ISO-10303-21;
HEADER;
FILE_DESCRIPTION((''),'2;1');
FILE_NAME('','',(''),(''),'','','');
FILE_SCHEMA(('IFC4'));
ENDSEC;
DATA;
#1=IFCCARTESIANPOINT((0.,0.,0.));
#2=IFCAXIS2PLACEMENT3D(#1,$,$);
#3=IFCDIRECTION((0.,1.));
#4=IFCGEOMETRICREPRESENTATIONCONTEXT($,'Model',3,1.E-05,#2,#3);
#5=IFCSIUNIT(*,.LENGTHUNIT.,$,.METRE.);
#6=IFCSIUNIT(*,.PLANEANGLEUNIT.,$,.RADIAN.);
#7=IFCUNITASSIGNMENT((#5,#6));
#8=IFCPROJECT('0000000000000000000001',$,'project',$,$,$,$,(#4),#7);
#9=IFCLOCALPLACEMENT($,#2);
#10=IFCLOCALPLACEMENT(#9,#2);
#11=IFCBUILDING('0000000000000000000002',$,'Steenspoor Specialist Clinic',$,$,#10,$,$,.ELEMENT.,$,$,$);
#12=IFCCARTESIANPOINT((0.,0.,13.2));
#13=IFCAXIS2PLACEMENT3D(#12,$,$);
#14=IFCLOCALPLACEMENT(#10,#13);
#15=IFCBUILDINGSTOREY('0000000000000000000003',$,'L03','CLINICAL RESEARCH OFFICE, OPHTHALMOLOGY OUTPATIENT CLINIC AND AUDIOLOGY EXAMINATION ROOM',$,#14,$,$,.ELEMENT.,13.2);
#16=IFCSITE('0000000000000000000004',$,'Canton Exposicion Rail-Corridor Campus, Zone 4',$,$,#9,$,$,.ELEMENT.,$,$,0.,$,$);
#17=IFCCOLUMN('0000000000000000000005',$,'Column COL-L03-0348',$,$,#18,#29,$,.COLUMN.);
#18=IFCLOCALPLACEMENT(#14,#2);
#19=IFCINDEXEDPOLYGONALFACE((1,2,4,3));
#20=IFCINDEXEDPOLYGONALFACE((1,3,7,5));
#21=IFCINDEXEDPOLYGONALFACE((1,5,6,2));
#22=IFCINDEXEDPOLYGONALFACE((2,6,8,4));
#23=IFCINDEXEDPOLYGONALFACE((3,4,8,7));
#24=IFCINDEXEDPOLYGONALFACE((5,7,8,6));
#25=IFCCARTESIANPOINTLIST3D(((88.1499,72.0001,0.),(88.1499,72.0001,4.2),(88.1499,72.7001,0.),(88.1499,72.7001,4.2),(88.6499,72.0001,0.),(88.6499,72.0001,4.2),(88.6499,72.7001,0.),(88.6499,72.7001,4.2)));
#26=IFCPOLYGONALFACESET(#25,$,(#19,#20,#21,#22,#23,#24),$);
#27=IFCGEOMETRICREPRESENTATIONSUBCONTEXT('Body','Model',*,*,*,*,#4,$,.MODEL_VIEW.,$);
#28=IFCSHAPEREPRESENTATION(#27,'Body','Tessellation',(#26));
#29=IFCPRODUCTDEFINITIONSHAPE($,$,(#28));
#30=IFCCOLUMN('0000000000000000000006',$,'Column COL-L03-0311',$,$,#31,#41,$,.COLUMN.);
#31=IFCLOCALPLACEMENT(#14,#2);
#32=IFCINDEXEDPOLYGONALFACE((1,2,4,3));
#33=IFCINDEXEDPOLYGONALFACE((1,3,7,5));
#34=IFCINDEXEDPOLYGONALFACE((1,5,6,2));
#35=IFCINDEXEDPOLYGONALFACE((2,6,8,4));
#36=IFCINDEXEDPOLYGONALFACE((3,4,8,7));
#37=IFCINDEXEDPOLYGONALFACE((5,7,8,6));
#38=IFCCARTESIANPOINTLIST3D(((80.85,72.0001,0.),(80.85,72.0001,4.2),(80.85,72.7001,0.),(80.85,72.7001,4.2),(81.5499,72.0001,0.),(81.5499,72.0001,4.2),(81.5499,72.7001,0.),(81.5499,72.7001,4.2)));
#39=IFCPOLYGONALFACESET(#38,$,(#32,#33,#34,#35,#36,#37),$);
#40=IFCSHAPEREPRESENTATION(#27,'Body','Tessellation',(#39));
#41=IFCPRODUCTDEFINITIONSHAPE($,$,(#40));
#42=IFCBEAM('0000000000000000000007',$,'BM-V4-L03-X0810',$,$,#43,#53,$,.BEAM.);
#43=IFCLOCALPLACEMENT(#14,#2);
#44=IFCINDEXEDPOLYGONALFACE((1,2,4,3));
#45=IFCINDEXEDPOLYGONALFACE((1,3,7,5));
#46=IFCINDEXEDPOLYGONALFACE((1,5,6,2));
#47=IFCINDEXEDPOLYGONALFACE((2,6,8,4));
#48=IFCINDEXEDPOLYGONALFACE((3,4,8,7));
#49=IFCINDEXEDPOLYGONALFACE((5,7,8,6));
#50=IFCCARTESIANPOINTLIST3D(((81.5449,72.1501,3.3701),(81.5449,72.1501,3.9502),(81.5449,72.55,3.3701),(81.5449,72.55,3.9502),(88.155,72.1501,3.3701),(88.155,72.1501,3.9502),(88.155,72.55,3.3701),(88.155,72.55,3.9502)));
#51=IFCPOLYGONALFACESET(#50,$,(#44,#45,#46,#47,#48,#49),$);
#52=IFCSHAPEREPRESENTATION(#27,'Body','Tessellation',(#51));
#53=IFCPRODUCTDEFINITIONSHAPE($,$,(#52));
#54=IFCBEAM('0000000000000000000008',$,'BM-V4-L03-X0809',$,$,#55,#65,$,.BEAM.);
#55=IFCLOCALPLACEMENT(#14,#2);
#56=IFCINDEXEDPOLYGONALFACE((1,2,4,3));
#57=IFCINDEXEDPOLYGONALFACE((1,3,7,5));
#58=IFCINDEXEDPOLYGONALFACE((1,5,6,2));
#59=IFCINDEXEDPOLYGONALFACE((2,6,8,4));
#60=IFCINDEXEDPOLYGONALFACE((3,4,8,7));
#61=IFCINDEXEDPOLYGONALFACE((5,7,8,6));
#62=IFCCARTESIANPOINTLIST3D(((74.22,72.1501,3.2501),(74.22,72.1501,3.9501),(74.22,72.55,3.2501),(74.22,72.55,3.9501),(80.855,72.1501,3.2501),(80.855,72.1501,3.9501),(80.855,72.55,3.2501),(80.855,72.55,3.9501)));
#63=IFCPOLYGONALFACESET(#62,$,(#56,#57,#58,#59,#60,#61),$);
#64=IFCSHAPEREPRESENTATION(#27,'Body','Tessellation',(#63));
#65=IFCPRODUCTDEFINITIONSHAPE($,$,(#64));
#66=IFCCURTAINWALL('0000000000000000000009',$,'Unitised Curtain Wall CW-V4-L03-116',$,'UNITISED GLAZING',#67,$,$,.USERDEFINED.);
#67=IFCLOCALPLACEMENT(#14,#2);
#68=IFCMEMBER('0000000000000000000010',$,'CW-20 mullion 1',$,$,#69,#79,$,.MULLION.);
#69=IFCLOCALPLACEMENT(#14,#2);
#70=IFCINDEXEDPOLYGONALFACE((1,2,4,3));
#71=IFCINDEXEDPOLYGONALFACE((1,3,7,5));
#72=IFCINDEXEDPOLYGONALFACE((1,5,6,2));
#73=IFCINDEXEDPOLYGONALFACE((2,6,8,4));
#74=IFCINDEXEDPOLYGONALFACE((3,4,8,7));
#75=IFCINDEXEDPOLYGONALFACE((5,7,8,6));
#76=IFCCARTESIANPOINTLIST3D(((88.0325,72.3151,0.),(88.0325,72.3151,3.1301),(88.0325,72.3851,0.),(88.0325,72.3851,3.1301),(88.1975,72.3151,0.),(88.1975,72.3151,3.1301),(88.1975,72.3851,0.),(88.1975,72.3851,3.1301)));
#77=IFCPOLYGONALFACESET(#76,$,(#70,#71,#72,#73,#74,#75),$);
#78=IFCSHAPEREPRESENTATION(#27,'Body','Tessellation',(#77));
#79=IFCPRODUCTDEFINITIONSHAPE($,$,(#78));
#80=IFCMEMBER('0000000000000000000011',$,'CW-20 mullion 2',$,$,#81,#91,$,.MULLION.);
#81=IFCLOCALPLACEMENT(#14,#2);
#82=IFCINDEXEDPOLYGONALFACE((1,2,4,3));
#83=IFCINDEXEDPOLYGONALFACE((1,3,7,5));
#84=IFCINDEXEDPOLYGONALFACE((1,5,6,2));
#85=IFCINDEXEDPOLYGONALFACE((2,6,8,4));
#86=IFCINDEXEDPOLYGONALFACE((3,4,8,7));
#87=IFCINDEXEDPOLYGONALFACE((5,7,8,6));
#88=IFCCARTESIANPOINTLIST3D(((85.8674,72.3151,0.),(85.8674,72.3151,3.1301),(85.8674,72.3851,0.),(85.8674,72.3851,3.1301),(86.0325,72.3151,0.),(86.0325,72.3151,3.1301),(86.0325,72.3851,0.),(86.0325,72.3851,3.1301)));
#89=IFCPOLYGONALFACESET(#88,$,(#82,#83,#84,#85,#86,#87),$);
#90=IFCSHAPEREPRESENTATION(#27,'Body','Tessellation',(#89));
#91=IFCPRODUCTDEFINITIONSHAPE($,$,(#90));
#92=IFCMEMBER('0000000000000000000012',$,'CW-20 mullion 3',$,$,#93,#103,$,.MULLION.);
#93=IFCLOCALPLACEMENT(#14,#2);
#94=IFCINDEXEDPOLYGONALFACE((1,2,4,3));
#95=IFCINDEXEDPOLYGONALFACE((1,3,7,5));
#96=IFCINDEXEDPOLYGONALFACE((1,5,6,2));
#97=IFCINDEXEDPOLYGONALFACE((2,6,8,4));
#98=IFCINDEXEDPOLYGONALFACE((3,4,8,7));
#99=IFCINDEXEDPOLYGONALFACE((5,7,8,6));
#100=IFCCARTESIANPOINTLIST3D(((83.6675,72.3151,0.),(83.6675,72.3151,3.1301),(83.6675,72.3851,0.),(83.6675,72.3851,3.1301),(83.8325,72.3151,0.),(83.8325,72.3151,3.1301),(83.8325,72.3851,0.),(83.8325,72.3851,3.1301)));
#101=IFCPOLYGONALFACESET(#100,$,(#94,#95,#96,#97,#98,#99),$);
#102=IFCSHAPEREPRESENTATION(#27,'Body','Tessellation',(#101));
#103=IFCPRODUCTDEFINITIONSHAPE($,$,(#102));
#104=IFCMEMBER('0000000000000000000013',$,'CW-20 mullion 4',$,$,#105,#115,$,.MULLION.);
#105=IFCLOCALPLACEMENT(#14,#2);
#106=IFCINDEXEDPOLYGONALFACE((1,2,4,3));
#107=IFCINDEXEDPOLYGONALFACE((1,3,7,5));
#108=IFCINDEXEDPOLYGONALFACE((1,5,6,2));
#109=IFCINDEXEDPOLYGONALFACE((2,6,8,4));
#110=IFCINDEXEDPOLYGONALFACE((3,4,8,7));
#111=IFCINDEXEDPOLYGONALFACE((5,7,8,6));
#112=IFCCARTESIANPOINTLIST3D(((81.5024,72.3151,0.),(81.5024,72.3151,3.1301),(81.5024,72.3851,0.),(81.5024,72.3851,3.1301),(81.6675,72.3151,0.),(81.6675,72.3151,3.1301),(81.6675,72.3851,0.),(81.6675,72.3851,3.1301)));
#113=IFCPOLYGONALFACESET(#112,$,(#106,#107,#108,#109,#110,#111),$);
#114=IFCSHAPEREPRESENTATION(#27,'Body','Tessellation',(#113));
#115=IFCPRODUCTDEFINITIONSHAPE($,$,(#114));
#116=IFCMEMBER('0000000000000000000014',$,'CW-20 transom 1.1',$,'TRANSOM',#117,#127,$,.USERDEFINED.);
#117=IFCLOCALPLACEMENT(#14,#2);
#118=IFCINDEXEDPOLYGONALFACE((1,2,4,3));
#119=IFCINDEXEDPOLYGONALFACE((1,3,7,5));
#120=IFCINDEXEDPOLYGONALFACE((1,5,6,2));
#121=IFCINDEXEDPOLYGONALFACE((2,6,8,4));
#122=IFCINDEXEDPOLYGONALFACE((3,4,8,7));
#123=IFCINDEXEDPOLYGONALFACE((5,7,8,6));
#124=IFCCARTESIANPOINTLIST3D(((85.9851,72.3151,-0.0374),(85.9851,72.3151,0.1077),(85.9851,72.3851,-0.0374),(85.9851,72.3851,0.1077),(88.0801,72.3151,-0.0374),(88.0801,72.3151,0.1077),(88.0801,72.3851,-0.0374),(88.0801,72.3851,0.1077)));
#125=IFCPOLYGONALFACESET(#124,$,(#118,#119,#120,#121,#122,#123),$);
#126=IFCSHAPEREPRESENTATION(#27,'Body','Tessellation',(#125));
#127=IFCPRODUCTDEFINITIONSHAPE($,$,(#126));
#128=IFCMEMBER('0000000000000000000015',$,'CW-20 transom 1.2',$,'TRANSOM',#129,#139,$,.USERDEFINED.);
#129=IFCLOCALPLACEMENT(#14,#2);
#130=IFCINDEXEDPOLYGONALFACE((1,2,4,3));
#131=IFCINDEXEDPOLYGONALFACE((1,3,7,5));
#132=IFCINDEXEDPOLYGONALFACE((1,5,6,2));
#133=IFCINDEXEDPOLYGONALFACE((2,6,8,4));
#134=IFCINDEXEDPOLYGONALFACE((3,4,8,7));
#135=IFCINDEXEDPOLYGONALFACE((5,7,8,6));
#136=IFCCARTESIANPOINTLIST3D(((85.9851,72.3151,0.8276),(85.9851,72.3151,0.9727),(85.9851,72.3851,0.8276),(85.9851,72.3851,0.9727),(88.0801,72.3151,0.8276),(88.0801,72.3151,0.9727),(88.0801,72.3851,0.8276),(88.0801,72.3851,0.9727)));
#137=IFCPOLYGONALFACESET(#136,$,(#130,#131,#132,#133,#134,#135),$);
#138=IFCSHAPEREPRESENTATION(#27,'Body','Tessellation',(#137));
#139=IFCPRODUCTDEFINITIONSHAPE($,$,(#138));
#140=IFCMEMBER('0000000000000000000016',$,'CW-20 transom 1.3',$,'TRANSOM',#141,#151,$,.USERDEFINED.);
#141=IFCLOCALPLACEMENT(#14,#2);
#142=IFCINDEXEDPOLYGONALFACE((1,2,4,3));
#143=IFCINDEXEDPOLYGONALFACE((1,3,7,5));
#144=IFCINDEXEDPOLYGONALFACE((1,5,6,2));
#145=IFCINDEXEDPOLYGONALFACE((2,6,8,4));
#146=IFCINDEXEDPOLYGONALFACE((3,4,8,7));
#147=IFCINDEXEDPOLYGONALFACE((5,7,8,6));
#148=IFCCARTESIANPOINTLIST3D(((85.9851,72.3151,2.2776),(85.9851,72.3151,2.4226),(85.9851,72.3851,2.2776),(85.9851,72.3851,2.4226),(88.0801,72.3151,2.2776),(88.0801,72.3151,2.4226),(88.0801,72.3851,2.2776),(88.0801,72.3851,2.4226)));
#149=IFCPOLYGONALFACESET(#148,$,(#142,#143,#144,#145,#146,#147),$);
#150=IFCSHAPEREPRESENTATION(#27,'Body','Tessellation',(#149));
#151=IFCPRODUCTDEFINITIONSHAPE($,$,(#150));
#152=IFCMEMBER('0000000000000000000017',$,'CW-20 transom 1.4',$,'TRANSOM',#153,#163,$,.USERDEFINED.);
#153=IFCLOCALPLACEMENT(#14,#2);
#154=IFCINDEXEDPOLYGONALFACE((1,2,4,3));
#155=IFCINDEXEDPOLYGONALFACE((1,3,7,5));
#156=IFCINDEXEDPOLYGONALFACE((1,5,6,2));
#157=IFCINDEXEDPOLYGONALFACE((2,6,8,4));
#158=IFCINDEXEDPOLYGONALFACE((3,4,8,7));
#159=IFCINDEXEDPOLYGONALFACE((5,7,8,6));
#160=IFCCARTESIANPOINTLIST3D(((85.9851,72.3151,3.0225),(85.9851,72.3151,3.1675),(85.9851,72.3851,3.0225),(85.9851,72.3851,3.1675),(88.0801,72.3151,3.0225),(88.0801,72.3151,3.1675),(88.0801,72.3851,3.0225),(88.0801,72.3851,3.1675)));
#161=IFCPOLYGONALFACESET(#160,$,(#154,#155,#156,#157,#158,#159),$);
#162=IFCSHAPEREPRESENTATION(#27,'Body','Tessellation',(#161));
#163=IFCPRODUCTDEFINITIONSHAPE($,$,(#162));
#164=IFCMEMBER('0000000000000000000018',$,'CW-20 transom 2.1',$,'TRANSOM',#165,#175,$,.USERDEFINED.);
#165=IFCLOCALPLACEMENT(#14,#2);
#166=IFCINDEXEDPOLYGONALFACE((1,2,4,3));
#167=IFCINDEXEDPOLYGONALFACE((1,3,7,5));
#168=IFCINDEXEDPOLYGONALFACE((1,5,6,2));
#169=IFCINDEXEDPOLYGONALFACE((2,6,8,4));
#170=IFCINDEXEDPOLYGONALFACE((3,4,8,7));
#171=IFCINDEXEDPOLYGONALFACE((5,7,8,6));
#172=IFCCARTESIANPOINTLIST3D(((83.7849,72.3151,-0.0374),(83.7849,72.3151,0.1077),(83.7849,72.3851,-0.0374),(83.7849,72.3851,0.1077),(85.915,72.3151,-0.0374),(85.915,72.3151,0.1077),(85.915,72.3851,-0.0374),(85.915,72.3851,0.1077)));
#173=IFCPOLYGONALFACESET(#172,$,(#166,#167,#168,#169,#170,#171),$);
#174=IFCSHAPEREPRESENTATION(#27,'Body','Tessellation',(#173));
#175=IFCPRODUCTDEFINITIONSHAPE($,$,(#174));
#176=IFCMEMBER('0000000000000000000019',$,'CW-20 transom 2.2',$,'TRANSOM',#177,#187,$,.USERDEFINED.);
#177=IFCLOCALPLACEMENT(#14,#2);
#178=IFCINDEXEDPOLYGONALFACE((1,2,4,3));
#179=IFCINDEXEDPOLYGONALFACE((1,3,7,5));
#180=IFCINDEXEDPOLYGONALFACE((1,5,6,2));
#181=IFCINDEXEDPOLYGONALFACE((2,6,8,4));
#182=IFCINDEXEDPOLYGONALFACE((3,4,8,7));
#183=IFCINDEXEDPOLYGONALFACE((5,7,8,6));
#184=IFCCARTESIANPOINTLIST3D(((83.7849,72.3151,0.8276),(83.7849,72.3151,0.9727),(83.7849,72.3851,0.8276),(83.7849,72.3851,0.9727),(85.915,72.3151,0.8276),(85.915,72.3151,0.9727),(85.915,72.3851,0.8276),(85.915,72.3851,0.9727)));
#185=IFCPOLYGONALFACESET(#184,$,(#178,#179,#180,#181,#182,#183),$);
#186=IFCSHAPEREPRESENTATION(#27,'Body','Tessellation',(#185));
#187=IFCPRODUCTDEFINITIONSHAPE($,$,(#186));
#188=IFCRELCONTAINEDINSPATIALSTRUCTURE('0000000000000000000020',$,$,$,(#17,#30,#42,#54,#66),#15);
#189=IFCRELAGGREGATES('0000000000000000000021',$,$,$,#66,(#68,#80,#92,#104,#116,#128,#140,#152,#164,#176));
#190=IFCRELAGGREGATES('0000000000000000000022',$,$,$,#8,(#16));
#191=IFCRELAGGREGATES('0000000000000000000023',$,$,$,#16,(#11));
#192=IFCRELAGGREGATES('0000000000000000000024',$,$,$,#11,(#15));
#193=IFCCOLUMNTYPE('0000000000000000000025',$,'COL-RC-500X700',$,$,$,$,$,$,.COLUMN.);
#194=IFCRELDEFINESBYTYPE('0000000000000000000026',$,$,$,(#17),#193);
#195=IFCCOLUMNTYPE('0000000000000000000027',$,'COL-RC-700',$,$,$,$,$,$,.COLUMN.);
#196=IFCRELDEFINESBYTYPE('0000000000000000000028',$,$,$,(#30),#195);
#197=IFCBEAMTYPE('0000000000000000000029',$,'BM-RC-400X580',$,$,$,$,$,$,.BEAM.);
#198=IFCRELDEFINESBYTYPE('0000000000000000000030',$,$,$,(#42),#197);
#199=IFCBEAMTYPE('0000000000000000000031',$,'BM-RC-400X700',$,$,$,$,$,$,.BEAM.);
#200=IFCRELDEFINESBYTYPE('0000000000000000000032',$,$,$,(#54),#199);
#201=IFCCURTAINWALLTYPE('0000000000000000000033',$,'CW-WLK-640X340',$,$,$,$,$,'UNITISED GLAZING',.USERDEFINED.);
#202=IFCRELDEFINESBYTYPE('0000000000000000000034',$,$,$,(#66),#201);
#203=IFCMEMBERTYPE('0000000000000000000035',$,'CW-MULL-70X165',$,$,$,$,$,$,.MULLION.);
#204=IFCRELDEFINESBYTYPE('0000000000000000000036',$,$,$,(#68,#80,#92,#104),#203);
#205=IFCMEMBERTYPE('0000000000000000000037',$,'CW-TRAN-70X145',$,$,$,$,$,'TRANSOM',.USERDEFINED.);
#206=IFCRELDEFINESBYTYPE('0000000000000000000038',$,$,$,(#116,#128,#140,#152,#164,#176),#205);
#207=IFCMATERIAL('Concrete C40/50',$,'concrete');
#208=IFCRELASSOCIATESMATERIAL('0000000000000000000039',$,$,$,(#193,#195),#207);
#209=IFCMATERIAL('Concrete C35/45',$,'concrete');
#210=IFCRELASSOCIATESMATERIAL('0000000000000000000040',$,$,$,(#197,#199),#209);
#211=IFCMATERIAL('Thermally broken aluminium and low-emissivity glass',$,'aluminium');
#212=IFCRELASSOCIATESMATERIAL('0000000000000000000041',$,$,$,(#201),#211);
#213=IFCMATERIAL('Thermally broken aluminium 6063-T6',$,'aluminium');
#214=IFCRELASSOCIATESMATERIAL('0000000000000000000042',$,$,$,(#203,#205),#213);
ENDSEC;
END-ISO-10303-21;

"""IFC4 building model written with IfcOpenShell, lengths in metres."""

from ifc_helpers import new_model, si_unit, direction, frame, origin, origin_2d, place, context, subcontext, project, spatial, rectangle, extrude, material, material_profile, profile_set, type_object, element, aggregate, save


model = new_model("IFC4")

# Units and contexts
model_context = context("Model", 3, precision=1e-05, world=origin(), true_north=direction((0.0, 1.0)))
body_context = subcontext(model_context, "Body", "Model", "MODEL_VIEW")
ifc_project = project(units=[si_unit("LENGTHUNIT", "METRE"), si_unit("PLANEANGLEUNIT", "RADIAN")], contexts=[model_context])

# Site, building, storey
site_placement = place(None, origin())
site = spatial("IfcSite", under=ifc_project, at=site_placement, Name="Canton Exposicion Rail-Corridor Campus, Zone 4", CompositionType="ELEMENT", RefElevation=0.0)
building_placement = place(site_placement, origin())
building = spatial("IfcBuilding", under=site, at=building_placement, Name="Steenspoor Specialist Clinic", CompositionType="ELEMENT")
storey_placement = place(building_placement, frame((0.0, 0.0, 13.2)))
storey = spatial("IfcBuildingStorey", under=building, at=storey_placement, Name="L03", Description="CLINICAL RESEARCH OFFICE, OPHTHALMOLOGY OUTPATIENT CLINIC AND AUDIOLOGY EXAMINATION ROOM", CompositionType="ELEMENT", Elevation=13.2)

# Columns
ifc_material_1 = material(Name="Concrete C40/50", Category="concrete")
ifc_material_profile_1 = material_profile(ifc_material_1, rectangle(XDim=0.5, YDim=0.7, at=origin_2d()), Name="RC-COL-500X700")
ifc_profile_set_1 = profile_set([ifc_material_profile_1], Name="Concrete C40/50")
column_type_1 = type_object("IfcColumnType", Name="COL-RC-500X700", PredefinedType="COLUMN", material=ifc_profile_set_1)
column_1_placement = place(storey_placement, frame((88.3999, 72.3501, 0.0), z_axis=(0.0, 0.0, 1.0), x_axis=(1.0, 0.0, 0.0)))
element("IfcColumn", 1, at=column_1_placement, inside=storey, type_object=column_type_1, Name="Column COL-L03-0348", PredefinedType="COLUMN", context=body_context, shape_type="SweptSolid", body=[
    extrude(rectangle(XDim=0.5, YDim=0.7, at=origin_2d()), origin(), (0.0, 0.0, 1.0), 4.2),
])
ifc_material_profile_2 = material_profile(ifc_material_1, rectangle(XDim=0.7, YDim=0.7, at=origin_2d()), Name="RC-COL-700X700")
ifc_profile_set_2 = profile_set([ifc_material_profile_2], Name="Concrete C40/50")
column_type_2 = type_object("IfcColumnType", Name="COL-RC-700", PredefinedType="COLUMN", material=ifc_profile_set_2)
column_2_placement = place(storey_placement, frame((81.2, 72.3501, 0.0), z_axis=(0.0, 0.0, 1.0), x_axis=(1.0, 0.0, 0.0)))
element("IfcColumn", 2, at=column_2_placement, inside=storey, type_object=column_type_2, Name="Column COL-L03-0311", PredefinedType="COLUMN", context=body_context, shape_type="SweptSolid", body=[
    extrude(rectangle(XDim=0.7, YDim=0.7, at=origin_2d()), origin(), (0.0, 0.0, 1.0), 4.2),
])

# Beams
ifc_material_2 = material(Name="Concrete C35/45", Category="concrete")
ifc_material_profile_3 = material_profile(ifc_material_2, rectangle(XDim=0.3999, YDim=0.5801, at=origin_2d()), Name="RC-BM-400X580")
ifc_profile_set_3 = profile_set([ifc_material_profile_3], Name="Concrete C35/45")
beam_type_1 = type_object("IfcBeamType", Name="BM-RC-400X580", PredefinedType="BEAM", material=ifc_profile_set_3)
beam_1_placement = place(storey_placement, frame((81.5449, 72.3501, 3.6602), z_axis=(1.0, 0.0, 0.0), x_axis=(0.0, 1.0, 0.0)))
element("IfcBeam", 3, at=beam_1_placement, inside=storey, type_object=beam_type_1, Name="BM-V4-L03-X0810", PredefinedType="BEAM", context=body_context, shape_type="SweptSolid", body=[
    extrude(rectangle(XDim=0.3999, YDim=0.5801, at=origin_2d()), origin(), (0.0, 0.0, 1.0), 6.6101),
])
ifc_material_profile_4 = material_profile(ifc_material_2, rectangle(XDim=0.3999, YDim=0.7, at=origin_2d()), Name="RC-BM-400X700")
ifc_profile_set_4 = profile_set([ifc_material_profile_4], Name="Concrete C35/45")
beam_type_2 = type_object("IfcBeamType", Name="BM-RC-400X700", PredefinedType="BEAM", material=ifc_profile_set_4)
beam_2_placement = place(storey_placement, frame((74.22, 72.3501, 3.6001), z_axis=(1.0, 0.0, 0.0), x_axis=(0.0, 1.0, 0.0)))
element("IfcBeam", 4, at=beam_2_placement, inside=storey, type_object=beam_type_2, Name="BM-V4-L03-X0809", PredefinedType="BEAM", context=body_context, shape_type="SweptSolid", body=[
    extrude(rectangle(XDim=0.3999, YDim=0.7, at=origin_2d()), origin(), (0.0, 0.0, 1.0), 6.635),
])

# Curtain wall, members
ifc_material_3 = material(Name="Thermally broken aluminium and low-emissivity glass", Category="aluminium")
curtain_wall_type = type_object("IfcCurtainWallType", Name="CW-WLK-640X340", ElementType="UNITISED GLAZING", PredefinedType="USERDEFINED", material=ifc_material_3)
curtain_wall_placement = place(storey_placement, origin())
curtain_wall = element("IfcCurtainWall", 5, at=curtain_wall_placement, inside=storey, type_object=curtain_wall_type, Name="Unitised Curtain Wall CW-V4-L03-116", ObjectType="UNITISED GLAZING", PredefinedType="USERDEFINED")
ifc_material_4 = material(Name="Thermally broken aluminium 6063-T6", Category="aluminium")
ifc_material_profile_5 = material_profile(ifc_material_4, rectangle(XDim=0.0701, YDim=0.165, at=origin_2d()), Name="CWM-70X165")
ifc_profile_set_5 = profile_set([ifc_material_profile_5], Name="Thermally broken aluminium 6063-T6")
member_type_1 = type_object("IfcMemberType", Name="CW-MULL-70X165", PredefinedType="MULLION", material=ifc_profile_set_5)
member_1_placement = place(storey_placement, frame((88.115, 72.3501, 0.0), z_axis=(0.0, 0.0, 1.0), x_axis=(0.0, -1.0, 0.0)))
member_1 = element("IfcMember", 6, at=member_1_placement, type_object=member_type_1, Name="CW-20 mullion 1", PredefinedType="MULLION", context=body_context, shape_type="SweptSolid", body=[
    extrude(rectangle(XDim=0.0701, YDim=0.165, at=origin_2d()), origin(), (0.0, 0.0, 1.0), 3.1301),
])
member_2_placement = place(storey_placement, frame((85.95, 72.3501, 0.0), z_axis=(0.0, 0.0, 1.0), x_axis=(0.0, -1.0, 0.0)))
member_2 = element("IfcMember", 7, at=member_2_placement, type_object=member_type_1, Name="CW-20 mullion 2", PredefinedType="MULLION", context=body_context, shape_type="SweptSolid", body=[
    extrude(rectangle(XDim=0.0701, YDim=0.165, at=origin_2d()), origin(), (0.0, 0.0, 1.0), 3.1301),
])
member_3_placement = place(storey_placement, frame((83.75, 72.3501, 0.0), z_axis=(0.0, 0.0, 1.0), x_axis=(0.0, -1.0, 0.0)))
member_3 = element("IfcMember", 8, at=member_3_placement, type_object=member_type_1, Name="CW-20 mullion 3", PredefinedType="MULLION", context=body_context, shape_type="SweptSolid", body=[
    extrude(rectangle(XDim=0.0701, YDim=0.165, at=origin_2d()), origin(), (0.0, 0.0, 1.0), 3.1301),
])
member_4_placement = place(storey_placement, frame((81.585, 72.3501, 0.0), z_axis=(0.0, 0.0, 1.0), x_axis=(0.0, -1.0, 0.0)))
member_4 = element("IfcMember", 9, at=member_4_placement, type_object=member_type_1, Name="CW-20 mullion 4", PredefinedType="MULLION", context=body_context, shape_type="SweptSolid", body=[
    extrude(rectangle(XDim=0.0701, YDim=0.165, at=origin_2d()), origin(), (0.0, 0.0, 1.0), 3.1301),
])
ifc_material_profile_6 = material_profile(ifc_material_4, rectangle(XDim=0.0701, YDim=0.145, at=origin_2d()), Name="CWT-70X145")
ifc_profile_set_6 = profile_set([ifc_material_profile_6], Name="Thermally broken aluminium 6063-T6")
member_type_2 = type_object("IfcMemberType", Name="CW-TRAN-70X145", ElementType="TRANSOM", PredefinedType="USERDEFINED", material=ifc_profile_set_6)
member_5_placement = place(storey_placement, frame((88.0801, 72.3501, 0.0352), z_axis=(-1.0, 0.0, 0.0), x_axis=(0.0, -1.0, 0.0)))
member_5 = element("IfcMember", 10, at=member_5_placement, type_object=member_type_2, Name="CW-20 transom 1.1", ObjectType="TRANSOM", PredefinedType="USERDEFINED", context=body_context, shape_type="SweptSolid", body=[
    extrude(rectangle(XDim=0.0701, YDim=0.145, at=origin_2d()), origin(), (0.0, 0.0, 1.0), 2.095),
])
member_6_placement = place(storey_placement, frame((88.0801, 72.3501, 0.9001), z_axis=(-1.0, 0.0, 0.0), x_axis=(0.0, -1.0, 0.0)))
member_6 = element("IfcMember", 11, at=member_6_placement, type_object=member_type_2, Name="CW-20 transom 1.2", ObjectType="TRANSOM", PredefinedType="USERDEFINED", context=body_context, shape_type="SweptSolid", body=[
    extrude(rectangle(XDim=0.0701, YDim=0.145, at=origin_2d()), origin(), (0.0, 0.0, 1.0), 2.095),
])
member_7_placement = place(storey_placement, frame((88.0801, 72.3501, 2.3501), z_axis=(-1.0, 0.0, 0.0), x_axis=(0.0, -1.0, 0.0)))
member_7 = element("IfcMember", 12, at=member_7_placement, type_object=member_type_2, Name="CW-20 transom 1.3", ObjectType="TRANSOM", PredefinedType="USERDEFINED", context=body_context, shape_type="SweptSolid", body=[
    extrude(rectangle(XDim=0.0701, YDim=0.145, at=origin_2d()), origin(), (0.0, 0.0, 1.0), 2.095),
])
member_8_placement = place(storey_placement, frame((88.0801, 72.3501, 3.095), z_axis=(-1.0, 0.0, 0.0), x_axis=(0.0, -1.0, 0.0)))
member_8 = element("IfcMember", 13, at=member_8_placement, type_object=member_type_2, Name="CW-20 transom 1.4", ObjectType="TRANSOM", PredefinedType="USERDEFINED", context=body_context, shape_type="SweptSolid", body=[
    extrude(rectangle(XDim=0.0701, YDim=0.145, at=origin_2d()), origin(), (0.0, 0.0, 1.0), 2.095),
])
member_9_placement = place(storey_placement, frame((85.915, 72.3501, 0.0352), z_axis=(-1.0, 0.0, 0.0), x_axis=(0.0, -1.0, 0.0)))
member_9 = element("IfcMember", 14, at=member_9_placement, type_object=member_type_2, Name="CW-20 transom 2.1", ObjectType="TRANSOM", PredefinedType="USERDEFINED", context=body_context, shape_type="SweptSolid", body=[
    extrude(rectangle(XDim=0.0701, YDim=0.145, at=origin_2d()), origin(), (0.0, 0.0, 1.0), 2.1301),
])
member_10_placement = place(storey_placement, frame((85.915, 72.3501, 0.9001), z_axis=(-1.0, 0.0, 0.0), x_axis=(0.0, -1.0, 0.0)))
member_10 = element("IfcMember", 15, at=member_10_placement, type_object=member_type_2, Name="CW-20 transom 2.2", ObjectType="TRANSOM", PredefinedType="USERDEFINED", context=body_context, shape_type="SweptSolid", body=[
    extrude(rectangle(XDim=0.0701, YDim=0.145, at=origin_2d()), origin(), (0.0, 0.0, 1.0), 2.1301),
])
aggregate(curtain_wall, [member_1, member_2, member_3, member_4, member_5, member_6, member_7, member_8, member_9, member_10])

save(model, "model.ifc")
